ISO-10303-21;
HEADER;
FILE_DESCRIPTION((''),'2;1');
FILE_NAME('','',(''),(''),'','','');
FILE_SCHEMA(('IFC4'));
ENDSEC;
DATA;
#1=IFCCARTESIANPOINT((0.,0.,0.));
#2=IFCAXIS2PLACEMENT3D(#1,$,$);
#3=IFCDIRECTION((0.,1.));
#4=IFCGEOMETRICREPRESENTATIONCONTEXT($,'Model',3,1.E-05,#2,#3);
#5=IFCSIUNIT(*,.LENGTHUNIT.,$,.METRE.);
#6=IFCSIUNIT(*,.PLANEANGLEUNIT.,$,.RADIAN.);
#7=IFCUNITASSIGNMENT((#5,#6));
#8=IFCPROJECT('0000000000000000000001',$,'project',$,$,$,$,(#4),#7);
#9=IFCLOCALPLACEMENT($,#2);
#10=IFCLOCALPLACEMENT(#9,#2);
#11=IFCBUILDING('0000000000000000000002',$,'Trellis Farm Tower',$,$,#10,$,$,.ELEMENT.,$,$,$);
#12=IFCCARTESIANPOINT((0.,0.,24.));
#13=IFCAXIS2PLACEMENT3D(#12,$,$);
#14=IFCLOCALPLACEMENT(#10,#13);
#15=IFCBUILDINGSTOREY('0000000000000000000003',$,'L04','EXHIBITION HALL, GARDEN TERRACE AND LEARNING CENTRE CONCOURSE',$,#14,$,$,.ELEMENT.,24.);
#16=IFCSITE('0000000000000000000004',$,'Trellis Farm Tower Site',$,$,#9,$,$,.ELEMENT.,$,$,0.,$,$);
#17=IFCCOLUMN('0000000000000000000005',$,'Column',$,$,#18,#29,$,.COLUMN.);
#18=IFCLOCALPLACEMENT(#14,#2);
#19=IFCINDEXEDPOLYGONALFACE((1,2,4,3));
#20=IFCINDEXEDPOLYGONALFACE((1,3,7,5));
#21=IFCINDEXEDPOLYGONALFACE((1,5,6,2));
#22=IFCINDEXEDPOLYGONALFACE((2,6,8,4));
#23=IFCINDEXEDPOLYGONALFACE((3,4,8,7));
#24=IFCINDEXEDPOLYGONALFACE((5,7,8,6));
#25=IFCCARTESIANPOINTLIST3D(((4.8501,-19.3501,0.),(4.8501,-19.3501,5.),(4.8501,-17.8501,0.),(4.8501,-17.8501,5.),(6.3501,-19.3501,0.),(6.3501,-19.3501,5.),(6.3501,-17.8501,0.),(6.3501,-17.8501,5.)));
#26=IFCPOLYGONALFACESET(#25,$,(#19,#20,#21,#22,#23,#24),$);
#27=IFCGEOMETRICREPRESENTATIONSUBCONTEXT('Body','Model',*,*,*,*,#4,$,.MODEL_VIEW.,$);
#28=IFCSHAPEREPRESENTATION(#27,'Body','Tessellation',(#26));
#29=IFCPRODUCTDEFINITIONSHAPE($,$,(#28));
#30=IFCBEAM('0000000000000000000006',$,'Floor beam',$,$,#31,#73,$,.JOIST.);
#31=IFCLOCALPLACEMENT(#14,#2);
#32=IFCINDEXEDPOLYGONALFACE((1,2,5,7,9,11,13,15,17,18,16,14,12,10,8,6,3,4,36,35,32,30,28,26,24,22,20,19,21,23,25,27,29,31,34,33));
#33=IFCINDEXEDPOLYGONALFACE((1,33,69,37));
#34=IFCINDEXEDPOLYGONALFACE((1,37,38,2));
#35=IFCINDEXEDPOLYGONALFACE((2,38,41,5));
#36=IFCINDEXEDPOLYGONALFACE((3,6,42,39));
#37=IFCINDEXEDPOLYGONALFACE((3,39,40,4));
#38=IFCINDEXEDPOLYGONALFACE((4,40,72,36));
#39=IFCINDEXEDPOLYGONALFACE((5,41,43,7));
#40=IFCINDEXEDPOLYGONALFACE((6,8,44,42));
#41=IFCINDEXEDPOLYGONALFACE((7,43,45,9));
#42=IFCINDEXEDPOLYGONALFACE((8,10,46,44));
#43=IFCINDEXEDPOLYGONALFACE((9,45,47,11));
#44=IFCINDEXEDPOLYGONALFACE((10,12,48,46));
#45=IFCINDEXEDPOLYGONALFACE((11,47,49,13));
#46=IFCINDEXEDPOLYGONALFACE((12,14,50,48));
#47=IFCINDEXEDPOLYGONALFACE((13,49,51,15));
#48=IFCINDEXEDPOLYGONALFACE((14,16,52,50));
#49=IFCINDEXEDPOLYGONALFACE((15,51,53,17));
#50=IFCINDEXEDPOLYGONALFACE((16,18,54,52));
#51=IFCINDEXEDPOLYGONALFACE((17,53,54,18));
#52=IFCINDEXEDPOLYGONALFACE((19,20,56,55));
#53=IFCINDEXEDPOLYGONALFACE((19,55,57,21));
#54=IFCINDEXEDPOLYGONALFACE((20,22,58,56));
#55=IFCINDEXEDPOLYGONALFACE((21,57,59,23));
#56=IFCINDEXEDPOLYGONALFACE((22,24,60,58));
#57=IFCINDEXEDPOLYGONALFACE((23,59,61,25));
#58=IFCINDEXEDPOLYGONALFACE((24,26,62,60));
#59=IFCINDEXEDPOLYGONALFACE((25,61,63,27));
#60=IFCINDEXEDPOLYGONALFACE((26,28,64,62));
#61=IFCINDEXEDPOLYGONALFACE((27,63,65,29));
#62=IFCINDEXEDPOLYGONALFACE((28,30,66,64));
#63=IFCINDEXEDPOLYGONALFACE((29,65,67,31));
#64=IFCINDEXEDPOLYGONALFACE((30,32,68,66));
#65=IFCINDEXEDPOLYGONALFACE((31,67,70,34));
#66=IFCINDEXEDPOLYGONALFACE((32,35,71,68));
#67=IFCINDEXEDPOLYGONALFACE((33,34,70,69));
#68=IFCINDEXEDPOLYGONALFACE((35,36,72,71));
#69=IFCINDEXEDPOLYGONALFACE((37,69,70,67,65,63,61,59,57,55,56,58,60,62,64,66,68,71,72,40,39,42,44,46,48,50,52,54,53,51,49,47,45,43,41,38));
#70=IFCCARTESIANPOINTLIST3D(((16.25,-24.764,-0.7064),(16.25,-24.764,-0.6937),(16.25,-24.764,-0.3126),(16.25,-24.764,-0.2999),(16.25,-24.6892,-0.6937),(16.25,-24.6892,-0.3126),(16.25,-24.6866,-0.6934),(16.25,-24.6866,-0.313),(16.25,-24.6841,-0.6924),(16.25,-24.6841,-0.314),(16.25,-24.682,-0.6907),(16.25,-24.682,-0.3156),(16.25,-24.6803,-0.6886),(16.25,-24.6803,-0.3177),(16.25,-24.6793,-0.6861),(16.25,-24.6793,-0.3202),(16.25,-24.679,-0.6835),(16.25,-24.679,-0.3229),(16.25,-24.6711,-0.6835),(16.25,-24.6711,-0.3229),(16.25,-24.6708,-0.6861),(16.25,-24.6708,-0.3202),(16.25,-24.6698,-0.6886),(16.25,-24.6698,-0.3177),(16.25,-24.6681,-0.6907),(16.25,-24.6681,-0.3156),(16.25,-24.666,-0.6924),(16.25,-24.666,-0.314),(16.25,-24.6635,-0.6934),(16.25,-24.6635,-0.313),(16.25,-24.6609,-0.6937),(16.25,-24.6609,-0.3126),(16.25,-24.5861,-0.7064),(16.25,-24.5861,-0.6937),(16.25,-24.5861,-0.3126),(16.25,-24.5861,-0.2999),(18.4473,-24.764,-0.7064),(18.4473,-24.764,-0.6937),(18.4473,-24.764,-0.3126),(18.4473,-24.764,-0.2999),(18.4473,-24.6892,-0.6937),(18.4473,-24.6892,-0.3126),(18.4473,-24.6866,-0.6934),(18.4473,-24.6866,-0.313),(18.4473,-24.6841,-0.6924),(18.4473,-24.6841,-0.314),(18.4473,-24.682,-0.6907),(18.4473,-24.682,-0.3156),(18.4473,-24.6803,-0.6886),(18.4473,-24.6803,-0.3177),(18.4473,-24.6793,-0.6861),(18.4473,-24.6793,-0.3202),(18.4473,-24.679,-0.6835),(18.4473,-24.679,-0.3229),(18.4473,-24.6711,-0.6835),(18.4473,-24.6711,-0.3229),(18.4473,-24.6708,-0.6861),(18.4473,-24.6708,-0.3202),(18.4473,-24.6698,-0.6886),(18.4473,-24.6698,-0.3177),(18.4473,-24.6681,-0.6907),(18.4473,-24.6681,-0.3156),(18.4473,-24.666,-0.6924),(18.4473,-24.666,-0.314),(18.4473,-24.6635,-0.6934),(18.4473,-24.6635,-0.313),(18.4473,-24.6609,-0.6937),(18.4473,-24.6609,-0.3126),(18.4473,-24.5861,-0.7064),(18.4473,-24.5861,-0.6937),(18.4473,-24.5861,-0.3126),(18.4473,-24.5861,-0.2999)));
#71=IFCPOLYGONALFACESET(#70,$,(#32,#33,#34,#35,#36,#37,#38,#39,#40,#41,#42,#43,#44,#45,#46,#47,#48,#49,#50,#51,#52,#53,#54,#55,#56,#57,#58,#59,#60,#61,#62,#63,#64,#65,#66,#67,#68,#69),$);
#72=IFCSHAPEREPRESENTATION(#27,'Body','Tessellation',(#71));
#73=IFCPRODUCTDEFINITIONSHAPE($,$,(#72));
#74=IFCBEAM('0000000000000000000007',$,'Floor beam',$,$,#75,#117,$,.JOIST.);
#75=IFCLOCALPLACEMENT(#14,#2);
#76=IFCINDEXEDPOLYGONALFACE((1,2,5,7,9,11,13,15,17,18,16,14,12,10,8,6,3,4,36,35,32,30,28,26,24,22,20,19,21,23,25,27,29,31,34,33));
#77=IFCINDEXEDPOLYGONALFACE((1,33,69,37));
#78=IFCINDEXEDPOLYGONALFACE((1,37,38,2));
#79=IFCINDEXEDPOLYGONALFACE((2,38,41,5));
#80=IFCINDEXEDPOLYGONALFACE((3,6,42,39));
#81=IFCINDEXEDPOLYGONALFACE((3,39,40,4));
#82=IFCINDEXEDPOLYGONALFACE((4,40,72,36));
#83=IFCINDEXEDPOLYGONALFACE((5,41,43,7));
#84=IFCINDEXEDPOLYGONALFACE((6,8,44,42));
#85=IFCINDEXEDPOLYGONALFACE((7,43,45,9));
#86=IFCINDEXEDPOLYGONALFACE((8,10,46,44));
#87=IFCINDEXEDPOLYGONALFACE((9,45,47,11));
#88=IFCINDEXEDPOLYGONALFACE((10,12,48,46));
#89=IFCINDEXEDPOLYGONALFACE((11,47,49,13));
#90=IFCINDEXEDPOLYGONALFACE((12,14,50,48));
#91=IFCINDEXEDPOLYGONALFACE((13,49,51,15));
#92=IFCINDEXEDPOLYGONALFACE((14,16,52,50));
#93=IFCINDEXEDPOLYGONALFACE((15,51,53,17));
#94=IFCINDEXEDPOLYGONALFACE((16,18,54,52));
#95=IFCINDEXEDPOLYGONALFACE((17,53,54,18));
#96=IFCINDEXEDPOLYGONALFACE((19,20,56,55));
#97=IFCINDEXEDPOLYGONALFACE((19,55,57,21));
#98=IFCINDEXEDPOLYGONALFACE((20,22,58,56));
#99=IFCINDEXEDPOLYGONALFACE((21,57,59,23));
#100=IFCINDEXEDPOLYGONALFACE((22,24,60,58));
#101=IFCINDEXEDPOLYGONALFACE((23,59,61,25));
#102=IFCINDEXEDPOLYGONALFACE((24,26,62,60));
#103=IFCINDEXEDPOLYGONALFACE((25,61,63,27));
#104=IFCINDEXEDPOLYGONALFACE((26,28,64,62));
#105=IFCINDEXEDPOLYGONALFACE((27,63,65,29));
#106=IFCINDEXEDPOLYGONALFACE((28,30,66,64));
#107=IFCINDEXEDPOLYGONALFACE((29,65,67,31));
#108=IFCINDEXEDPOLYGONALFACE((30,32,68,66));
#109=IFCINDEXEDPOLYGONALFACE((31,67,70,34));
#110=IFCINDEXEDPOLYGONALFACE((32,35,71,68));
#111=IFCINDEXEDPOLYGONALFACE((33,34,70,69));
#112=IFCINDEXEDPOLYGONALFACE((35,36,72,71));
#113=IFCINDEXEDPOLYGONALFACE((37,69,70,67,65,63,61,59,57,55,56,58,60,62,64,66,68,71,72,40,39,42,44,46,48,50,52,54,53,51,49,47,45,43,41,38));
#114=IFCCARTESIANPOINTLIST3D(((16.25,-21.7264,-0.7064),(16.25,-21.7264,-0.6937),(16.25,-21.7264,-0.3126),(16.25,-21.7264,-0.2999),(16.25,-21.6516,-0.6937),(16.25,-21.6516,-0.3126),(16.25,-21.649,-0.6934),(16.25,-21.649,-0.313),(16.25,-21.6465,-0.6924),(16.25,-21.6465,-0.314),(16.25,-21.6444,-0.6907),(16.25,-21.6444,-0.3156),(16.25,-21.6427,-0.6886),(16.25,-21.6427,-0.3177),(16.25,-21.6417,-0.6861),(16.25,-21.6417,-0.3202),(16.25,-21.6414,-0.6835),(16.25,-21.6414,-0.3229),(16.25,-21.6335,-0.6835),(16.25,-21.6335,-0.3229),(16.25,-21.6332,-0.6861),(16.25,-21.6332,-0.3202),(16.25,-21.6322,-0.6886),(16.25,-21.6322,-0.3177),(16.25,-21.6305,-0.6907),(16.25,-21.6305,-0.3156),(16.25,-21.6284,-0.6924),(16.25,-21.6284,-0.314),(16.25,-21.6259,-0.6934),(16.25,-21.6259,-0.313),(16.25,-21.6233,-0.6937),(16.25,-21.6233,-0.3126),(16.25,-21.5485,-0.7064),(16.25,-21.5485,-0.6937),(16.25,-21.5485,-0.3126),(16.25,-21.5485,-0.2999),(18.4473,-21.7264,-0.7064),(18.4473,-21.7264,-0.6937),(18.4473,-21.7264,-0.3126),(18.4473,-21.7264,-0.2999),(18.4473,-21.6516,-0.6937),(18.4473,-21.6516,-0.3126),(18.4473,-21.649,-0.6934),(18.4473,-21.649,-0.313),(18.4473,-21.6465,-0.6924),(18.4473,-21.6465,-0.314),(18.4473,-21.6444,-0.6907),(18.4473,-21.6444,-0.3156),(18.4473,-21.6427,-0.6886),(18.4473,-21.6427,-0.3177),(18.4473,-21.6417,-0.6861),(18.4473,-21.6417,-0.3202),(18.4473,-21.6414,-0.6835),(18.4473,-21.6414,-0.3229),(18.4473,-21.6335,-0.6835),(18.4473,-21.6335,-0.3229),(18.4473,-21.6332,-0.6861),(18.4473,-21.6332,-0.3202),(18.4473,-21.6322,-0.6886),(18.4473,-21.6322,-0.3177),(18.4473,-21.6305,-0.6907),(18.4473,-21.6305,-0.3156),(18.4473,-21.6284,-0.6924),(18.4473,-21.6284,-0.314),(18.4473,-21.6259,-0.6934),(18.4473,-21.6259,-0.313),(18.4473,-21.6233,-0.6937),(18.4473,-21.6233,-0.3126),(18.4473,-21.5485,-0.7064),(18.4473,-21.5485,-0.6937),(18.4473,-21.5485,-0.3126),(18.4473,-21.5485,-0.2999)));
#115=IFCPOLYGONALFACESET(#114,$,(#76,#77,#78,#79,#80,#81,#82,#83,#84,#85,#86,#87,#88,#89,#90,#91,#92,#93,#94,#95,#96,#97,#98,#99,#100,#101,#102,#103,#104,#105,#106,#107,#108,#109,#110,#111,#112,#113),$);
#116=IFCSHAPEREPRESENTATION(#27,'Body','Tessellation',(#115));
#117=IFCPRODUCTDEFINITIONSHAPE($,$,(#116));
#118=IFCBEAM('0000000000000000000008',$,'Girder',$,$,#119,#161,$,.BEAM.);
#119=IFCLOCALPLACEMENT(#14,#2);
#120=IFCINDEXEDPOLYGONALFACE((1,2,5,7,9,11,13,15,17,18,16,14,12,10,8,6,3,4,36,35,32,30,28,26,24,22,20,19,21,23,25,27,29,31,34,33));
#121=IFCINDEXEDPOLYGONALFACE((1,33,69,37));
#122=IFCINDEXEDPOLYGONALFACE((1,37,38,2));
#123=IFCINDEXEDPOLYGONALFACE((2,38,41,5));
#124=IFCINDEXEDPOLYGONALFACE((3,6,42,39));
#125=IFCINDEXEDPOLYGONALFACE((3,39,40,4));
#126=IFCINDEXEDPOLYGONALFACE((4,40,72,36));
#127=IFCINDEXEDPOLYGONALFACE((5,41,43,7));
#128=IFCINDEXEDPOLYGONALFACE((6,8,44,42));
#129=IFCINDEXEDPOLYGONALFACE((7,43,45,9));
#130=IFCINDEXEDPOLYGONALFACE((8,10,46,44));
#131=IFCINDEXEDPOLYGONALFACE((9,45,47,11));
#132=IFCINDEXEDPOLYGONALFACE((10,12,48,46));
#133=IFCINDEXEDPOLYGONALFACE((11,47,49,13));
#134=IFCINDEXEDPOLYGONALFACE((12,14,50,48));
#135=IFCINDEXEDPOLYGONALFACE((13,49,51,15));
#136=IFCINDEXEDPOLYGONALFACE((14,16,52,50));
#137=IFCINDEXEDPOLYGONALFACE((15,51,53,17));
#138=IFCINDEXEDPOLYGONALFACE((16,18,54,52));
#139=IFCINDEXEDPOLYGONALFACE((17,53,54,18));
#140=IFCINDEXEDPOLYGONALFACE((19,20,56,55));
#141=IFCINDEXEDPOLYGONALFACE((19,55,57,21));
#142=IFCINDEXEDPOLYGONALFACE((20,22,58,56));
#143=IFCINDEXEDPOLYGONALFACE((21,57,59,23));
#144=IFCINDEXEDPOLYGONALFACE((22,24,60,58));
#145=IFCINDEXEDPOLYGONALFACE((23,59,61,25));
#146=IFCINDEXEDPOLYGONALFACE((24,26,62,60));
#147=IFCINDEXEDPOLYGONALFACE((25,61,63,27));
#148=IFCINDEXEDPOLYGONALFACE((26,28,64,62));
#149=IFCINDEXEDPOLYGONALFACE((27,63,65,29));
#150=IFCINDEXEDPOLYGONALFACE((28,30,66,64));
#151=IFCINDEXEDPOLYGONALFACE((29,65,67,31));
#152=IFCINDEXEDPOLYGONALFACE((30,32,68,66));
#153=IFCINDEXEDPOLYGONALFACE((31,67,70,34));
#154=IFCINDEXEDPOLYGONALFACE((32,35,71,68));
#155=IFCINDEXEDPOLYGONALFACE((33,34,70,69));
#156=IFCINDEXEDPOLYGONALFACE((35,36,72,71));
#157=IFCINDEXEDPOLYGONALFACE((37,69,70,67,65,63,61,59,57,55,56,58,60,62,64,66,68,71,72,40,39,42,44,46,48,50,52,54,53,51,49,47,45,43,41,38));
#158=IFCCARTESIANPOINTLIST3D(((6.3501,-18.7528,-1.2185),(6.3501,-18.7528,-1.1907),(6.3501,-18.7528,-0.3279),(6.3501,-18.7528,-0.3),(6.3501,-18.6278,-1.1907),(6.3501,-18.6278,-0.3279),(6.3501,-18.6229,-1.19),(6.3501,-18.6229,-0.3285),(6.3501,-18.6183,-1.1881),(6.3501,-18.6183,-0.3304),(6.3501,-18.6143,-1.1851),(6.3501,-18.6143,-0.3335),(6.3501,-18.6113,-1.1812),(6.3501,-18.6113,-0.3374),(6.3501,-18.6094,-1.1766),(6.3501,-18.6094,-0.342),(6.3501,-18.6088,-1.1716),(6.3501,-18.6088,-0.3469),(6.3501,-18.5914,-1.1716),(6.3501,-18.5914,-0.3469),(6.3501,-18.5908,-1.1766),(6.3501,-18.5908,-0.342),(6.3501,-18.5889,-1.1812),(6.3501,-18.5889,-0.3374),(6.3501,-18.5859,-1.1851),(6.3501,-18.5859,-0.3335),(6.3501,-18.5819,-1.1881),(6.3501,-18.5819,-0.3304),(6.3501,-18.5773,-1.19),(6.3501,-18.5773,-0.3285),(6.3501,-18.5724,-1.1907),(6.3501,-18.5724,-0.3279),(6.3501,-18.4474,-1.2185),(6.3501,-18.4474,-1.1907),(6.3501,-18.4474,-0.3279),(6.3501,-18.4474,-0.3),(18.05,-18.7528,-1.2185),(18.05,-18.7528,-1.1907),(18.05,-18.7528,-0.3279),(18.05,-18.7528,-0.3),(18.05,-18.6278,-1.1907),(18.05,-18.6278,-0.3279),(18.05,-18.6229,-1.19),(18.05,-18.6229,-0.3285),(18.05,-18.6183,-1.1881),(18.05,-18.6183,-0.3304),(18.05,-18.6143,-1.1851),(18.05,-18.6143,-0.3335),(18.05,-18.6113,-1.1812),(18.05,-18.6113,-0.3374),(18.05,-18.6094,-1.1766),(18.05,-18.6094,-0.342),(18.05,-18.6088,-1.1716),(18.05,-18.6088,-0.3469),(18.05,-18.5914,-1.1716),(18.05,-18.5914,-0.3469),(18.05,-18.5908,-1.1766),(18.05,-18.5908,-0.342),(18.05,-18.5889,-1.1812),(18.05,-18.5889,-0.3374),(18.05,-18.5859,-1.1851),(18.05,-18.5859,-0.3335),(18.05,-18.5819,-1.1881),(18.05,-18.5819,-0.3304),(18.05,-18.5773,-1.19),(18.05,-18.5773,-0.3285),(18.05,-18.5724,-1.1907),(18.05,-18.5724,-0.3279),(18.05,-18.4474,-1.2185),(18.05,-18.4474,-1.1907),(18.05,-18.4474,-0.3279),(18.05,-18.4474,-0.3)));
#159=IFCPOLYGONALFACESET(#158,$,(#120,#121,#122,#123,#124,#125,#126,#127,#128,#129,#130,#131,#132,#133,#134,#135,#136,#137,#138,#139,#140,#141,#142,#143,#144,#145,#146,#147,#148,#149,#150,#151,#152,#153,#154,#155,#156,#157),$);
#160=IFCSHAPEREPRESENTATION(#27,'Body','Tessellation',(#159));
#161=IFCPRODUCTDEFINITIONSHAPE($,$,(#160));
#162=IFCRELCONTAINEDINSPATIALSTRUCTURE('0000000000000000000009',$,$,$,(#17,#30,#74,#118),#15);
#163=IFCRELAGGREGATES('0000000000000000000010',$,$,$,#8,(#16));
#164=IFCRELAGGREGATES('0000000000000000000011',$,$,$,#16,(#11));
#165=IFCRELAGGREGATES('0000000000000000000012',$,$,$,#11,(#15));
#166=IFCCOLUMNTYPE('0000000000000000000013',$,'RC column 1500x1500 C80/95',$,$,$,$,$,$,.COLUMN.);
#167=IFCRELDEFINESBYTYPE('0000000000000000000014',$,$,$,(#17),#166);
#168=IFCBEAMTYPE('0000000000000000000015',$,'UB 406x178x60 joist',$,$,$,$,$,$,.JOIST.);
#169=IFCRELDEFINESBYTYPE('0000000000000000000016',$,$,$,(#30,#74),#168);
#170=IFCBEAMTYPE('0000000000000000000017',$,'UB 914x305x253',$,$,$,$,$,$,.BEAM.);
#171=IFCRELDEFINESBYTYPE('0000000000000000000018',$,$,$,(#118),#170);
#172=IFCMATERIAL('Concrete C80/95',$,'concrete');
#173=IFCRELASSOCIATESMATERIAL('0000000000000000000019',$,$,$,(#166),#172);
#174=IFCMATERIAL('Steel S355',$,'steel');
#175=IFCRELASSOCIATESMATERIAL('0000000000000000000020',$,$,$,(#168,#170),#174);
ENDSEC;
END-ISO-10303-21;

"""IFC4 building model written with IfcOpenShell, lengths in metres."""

from ifc_helpers import new_model, si_unit, direction, frame, origin, origin_2d, place, context, subcontext, project, spatial, rectangle, i_section, extrude, source, transform, mapped, material, material_profile, profile_set, type_object, element, save


model = new_model("IFC4")

# Units and contexts
model_context = context("Model", 3, precision=1e-05, world=origin(), true_north=direction((0.0, 1.0)))
body_context = subcontext(model_context, "Body", "Model", "MODEL_VIEW")
ifc_project = project(units=[si_unit("LENGTHUNIT", "METRE"), si_unit("PLANEANGLEUNIT", "RADIAN")], contexts=[model_context])

# Site, building, storey
site_placement = place(None, origin())
site = spatial("IfcSite", under=ifc_project, at=site_placement, Name="Trellis Farm Tower Site", CompositionType="ELEMENT", RefElevation=0.0)
building_placement = place(site_placement, origin())
building = spatial("IfcBuilding", under=site, at=building_placement, Name="Trellis Farm Tower", CompositionType="ELEMENT")
storey_placement = place(building_placement, frame((0.0, 0.0, 24.0)))
storey = spatial("IfcBuildingStorey", under=building, at=storey_placement, Name="L04", Description="EXHIBITION HALL, GARDEN TERRACE AND LEARNING CENTRE CONCOURSE", CompositionType="ELEMENT", Elevation=24.0)

# Column
ifc_material_1 = material(Name="Concrete C80/95", Category="concrete")
ifc_material_profile_1 = material_profile(ifc_material_1, rectangle(XDim=1.5, YDim=1.5, at=origin_2d()), Name="RC column 1500x1500 C80/95")
ifc_profile_set_1 = profile_set([ifc_material_profile_1], Name="Concrete C80/95")
column_type = type_object("IfcColumnType", Name="RC column 1500x1500 C80/95", PredefinedType="COLUMN", material=ifc_profile_set_1)
shared_shape_1 = source(origin(), body_context, "Body", "SweptSolid", [
    extrude(rectangle(XDim=1.5, YDim=1.5, at=origin_2d()), origin(), (0.0, 0.0, 1.0), 5.0),
])
column_placement = place(storey_placement, frame((5.6001, -18.6001, 0.0), z_axis=(0.0, 0.0, 1.0), x_axis=(1.0, 0.0, 0.0)))
element("IfcColumn", 1, at=column_placement, inside=storey, type_object=column_type, Name="Column", PredefinedType="COLUMN", context=body_context, shape_type="MappedRepresentation", body=[
    mapped(shared_shape_1, transform((0.0, 0.0, 0.0))),
])

# Beams
ifc_material_2 = material(Name="Steel S355", Category="steel")
ifc_material_profile_2 = material_profile(ifc_material_2, i_section(OverallWidth=0.178, OverallDepth=0.4065, WebThickness=0.0078, FlangeThickness=0.0127, FilletRadius=0.0103, at=origin_2d()), Name="UB 406x178x60")
ifc_profile_set_2 = profile_set([ifc_material_profile_2], Name="Steel S355")
beam_type_1 = type_object("IfcBeamType", Name="UB 406x178x60 joist", PredefinedType="JOIST", material=ifc_profile_set_2)
shared_shape_2 = source(origin(), body_context, "Body", "SweptSolid", [
    extrude(i_section(OverallWidth=0.178, OverallDepth=0.4065, WebThickness=0.0078, FlangeThickness=0.0127, FilletRadius=0.0103, at=origin_2d()), origin(), (0.0, 0.0, 1.0), 2.1973),
])
for number, where, z_axis, x_axis, name in (
    (2, (16.25, -24.675, -0.5032), (1.0, 0.0, 0.0), (0.0, 1.0, 0.0), "Floor beam"),
    (3, (16.25, -21.6375, -0.5032), (1.0, 0.0, 0.0), (0.0, 1.0, 0.0), "Floor beam"),
):
    element("IfcBeam", number, at=place(storey_placement, frame(where, z_axis=z_axis, x_axis=x_axis)), inside=storey, type_object=beam_type_1, Name=name, PredefinedType="JOIST", context=body_context, shape_type="MappedRepresentation", body=[
        mapped(shared_shape_2, transform((0.0, 0.0, 0.0))),
    ])
ifc_material_profile_3 = material_profile(ifc_material_2, i_section(OverallWidth=0.3054, OverallDepth=0.9185, WebThickness=0.0173, FlangeThickness=0.0278, FilletRadius=0.019, at=origin_2d()), Name="UB 914x305x253")
ifc_profile_set_3 = profile_set([ifc_material_profile_3], Name="Steel S355")
beam_type_2 = type_object("IfcBeamType", Name="UB 914x305x253", PredefinedType="BEAM", material=ifc_profile_set_3)
shared_shape_3 = source(origin(), body_context, "Body", "SweptSolid", [
    extrude(i_section(OverallWidth=0.3054, OverallDepth=0.9185, WebThickness=0.0173, FlangeThickness=0.0278, FilletRadius=0.019, at=origin_2d()), origin(), (0.0, 0.0, 1.0), 11.7),
])
beam_1_placement = place(storey_placement, frame((6.3501, -18.6001, -0.7593), z_axis=(1.0, 0.0, 0.0), x_axis=(0.0, 1.0, 0.0)))
element("IfcBeam", 4, at=beam_1_placement, inside=storey, type_object=beam_type_2, Name="Girder", PredefinedType="BEAM", context=body_context, shape_type="MappedRepresentation", body=[
    mapped(shared_shape_3, transform((0.0, 0.0, 0.0))),
])

save(model, "model.ifc")
